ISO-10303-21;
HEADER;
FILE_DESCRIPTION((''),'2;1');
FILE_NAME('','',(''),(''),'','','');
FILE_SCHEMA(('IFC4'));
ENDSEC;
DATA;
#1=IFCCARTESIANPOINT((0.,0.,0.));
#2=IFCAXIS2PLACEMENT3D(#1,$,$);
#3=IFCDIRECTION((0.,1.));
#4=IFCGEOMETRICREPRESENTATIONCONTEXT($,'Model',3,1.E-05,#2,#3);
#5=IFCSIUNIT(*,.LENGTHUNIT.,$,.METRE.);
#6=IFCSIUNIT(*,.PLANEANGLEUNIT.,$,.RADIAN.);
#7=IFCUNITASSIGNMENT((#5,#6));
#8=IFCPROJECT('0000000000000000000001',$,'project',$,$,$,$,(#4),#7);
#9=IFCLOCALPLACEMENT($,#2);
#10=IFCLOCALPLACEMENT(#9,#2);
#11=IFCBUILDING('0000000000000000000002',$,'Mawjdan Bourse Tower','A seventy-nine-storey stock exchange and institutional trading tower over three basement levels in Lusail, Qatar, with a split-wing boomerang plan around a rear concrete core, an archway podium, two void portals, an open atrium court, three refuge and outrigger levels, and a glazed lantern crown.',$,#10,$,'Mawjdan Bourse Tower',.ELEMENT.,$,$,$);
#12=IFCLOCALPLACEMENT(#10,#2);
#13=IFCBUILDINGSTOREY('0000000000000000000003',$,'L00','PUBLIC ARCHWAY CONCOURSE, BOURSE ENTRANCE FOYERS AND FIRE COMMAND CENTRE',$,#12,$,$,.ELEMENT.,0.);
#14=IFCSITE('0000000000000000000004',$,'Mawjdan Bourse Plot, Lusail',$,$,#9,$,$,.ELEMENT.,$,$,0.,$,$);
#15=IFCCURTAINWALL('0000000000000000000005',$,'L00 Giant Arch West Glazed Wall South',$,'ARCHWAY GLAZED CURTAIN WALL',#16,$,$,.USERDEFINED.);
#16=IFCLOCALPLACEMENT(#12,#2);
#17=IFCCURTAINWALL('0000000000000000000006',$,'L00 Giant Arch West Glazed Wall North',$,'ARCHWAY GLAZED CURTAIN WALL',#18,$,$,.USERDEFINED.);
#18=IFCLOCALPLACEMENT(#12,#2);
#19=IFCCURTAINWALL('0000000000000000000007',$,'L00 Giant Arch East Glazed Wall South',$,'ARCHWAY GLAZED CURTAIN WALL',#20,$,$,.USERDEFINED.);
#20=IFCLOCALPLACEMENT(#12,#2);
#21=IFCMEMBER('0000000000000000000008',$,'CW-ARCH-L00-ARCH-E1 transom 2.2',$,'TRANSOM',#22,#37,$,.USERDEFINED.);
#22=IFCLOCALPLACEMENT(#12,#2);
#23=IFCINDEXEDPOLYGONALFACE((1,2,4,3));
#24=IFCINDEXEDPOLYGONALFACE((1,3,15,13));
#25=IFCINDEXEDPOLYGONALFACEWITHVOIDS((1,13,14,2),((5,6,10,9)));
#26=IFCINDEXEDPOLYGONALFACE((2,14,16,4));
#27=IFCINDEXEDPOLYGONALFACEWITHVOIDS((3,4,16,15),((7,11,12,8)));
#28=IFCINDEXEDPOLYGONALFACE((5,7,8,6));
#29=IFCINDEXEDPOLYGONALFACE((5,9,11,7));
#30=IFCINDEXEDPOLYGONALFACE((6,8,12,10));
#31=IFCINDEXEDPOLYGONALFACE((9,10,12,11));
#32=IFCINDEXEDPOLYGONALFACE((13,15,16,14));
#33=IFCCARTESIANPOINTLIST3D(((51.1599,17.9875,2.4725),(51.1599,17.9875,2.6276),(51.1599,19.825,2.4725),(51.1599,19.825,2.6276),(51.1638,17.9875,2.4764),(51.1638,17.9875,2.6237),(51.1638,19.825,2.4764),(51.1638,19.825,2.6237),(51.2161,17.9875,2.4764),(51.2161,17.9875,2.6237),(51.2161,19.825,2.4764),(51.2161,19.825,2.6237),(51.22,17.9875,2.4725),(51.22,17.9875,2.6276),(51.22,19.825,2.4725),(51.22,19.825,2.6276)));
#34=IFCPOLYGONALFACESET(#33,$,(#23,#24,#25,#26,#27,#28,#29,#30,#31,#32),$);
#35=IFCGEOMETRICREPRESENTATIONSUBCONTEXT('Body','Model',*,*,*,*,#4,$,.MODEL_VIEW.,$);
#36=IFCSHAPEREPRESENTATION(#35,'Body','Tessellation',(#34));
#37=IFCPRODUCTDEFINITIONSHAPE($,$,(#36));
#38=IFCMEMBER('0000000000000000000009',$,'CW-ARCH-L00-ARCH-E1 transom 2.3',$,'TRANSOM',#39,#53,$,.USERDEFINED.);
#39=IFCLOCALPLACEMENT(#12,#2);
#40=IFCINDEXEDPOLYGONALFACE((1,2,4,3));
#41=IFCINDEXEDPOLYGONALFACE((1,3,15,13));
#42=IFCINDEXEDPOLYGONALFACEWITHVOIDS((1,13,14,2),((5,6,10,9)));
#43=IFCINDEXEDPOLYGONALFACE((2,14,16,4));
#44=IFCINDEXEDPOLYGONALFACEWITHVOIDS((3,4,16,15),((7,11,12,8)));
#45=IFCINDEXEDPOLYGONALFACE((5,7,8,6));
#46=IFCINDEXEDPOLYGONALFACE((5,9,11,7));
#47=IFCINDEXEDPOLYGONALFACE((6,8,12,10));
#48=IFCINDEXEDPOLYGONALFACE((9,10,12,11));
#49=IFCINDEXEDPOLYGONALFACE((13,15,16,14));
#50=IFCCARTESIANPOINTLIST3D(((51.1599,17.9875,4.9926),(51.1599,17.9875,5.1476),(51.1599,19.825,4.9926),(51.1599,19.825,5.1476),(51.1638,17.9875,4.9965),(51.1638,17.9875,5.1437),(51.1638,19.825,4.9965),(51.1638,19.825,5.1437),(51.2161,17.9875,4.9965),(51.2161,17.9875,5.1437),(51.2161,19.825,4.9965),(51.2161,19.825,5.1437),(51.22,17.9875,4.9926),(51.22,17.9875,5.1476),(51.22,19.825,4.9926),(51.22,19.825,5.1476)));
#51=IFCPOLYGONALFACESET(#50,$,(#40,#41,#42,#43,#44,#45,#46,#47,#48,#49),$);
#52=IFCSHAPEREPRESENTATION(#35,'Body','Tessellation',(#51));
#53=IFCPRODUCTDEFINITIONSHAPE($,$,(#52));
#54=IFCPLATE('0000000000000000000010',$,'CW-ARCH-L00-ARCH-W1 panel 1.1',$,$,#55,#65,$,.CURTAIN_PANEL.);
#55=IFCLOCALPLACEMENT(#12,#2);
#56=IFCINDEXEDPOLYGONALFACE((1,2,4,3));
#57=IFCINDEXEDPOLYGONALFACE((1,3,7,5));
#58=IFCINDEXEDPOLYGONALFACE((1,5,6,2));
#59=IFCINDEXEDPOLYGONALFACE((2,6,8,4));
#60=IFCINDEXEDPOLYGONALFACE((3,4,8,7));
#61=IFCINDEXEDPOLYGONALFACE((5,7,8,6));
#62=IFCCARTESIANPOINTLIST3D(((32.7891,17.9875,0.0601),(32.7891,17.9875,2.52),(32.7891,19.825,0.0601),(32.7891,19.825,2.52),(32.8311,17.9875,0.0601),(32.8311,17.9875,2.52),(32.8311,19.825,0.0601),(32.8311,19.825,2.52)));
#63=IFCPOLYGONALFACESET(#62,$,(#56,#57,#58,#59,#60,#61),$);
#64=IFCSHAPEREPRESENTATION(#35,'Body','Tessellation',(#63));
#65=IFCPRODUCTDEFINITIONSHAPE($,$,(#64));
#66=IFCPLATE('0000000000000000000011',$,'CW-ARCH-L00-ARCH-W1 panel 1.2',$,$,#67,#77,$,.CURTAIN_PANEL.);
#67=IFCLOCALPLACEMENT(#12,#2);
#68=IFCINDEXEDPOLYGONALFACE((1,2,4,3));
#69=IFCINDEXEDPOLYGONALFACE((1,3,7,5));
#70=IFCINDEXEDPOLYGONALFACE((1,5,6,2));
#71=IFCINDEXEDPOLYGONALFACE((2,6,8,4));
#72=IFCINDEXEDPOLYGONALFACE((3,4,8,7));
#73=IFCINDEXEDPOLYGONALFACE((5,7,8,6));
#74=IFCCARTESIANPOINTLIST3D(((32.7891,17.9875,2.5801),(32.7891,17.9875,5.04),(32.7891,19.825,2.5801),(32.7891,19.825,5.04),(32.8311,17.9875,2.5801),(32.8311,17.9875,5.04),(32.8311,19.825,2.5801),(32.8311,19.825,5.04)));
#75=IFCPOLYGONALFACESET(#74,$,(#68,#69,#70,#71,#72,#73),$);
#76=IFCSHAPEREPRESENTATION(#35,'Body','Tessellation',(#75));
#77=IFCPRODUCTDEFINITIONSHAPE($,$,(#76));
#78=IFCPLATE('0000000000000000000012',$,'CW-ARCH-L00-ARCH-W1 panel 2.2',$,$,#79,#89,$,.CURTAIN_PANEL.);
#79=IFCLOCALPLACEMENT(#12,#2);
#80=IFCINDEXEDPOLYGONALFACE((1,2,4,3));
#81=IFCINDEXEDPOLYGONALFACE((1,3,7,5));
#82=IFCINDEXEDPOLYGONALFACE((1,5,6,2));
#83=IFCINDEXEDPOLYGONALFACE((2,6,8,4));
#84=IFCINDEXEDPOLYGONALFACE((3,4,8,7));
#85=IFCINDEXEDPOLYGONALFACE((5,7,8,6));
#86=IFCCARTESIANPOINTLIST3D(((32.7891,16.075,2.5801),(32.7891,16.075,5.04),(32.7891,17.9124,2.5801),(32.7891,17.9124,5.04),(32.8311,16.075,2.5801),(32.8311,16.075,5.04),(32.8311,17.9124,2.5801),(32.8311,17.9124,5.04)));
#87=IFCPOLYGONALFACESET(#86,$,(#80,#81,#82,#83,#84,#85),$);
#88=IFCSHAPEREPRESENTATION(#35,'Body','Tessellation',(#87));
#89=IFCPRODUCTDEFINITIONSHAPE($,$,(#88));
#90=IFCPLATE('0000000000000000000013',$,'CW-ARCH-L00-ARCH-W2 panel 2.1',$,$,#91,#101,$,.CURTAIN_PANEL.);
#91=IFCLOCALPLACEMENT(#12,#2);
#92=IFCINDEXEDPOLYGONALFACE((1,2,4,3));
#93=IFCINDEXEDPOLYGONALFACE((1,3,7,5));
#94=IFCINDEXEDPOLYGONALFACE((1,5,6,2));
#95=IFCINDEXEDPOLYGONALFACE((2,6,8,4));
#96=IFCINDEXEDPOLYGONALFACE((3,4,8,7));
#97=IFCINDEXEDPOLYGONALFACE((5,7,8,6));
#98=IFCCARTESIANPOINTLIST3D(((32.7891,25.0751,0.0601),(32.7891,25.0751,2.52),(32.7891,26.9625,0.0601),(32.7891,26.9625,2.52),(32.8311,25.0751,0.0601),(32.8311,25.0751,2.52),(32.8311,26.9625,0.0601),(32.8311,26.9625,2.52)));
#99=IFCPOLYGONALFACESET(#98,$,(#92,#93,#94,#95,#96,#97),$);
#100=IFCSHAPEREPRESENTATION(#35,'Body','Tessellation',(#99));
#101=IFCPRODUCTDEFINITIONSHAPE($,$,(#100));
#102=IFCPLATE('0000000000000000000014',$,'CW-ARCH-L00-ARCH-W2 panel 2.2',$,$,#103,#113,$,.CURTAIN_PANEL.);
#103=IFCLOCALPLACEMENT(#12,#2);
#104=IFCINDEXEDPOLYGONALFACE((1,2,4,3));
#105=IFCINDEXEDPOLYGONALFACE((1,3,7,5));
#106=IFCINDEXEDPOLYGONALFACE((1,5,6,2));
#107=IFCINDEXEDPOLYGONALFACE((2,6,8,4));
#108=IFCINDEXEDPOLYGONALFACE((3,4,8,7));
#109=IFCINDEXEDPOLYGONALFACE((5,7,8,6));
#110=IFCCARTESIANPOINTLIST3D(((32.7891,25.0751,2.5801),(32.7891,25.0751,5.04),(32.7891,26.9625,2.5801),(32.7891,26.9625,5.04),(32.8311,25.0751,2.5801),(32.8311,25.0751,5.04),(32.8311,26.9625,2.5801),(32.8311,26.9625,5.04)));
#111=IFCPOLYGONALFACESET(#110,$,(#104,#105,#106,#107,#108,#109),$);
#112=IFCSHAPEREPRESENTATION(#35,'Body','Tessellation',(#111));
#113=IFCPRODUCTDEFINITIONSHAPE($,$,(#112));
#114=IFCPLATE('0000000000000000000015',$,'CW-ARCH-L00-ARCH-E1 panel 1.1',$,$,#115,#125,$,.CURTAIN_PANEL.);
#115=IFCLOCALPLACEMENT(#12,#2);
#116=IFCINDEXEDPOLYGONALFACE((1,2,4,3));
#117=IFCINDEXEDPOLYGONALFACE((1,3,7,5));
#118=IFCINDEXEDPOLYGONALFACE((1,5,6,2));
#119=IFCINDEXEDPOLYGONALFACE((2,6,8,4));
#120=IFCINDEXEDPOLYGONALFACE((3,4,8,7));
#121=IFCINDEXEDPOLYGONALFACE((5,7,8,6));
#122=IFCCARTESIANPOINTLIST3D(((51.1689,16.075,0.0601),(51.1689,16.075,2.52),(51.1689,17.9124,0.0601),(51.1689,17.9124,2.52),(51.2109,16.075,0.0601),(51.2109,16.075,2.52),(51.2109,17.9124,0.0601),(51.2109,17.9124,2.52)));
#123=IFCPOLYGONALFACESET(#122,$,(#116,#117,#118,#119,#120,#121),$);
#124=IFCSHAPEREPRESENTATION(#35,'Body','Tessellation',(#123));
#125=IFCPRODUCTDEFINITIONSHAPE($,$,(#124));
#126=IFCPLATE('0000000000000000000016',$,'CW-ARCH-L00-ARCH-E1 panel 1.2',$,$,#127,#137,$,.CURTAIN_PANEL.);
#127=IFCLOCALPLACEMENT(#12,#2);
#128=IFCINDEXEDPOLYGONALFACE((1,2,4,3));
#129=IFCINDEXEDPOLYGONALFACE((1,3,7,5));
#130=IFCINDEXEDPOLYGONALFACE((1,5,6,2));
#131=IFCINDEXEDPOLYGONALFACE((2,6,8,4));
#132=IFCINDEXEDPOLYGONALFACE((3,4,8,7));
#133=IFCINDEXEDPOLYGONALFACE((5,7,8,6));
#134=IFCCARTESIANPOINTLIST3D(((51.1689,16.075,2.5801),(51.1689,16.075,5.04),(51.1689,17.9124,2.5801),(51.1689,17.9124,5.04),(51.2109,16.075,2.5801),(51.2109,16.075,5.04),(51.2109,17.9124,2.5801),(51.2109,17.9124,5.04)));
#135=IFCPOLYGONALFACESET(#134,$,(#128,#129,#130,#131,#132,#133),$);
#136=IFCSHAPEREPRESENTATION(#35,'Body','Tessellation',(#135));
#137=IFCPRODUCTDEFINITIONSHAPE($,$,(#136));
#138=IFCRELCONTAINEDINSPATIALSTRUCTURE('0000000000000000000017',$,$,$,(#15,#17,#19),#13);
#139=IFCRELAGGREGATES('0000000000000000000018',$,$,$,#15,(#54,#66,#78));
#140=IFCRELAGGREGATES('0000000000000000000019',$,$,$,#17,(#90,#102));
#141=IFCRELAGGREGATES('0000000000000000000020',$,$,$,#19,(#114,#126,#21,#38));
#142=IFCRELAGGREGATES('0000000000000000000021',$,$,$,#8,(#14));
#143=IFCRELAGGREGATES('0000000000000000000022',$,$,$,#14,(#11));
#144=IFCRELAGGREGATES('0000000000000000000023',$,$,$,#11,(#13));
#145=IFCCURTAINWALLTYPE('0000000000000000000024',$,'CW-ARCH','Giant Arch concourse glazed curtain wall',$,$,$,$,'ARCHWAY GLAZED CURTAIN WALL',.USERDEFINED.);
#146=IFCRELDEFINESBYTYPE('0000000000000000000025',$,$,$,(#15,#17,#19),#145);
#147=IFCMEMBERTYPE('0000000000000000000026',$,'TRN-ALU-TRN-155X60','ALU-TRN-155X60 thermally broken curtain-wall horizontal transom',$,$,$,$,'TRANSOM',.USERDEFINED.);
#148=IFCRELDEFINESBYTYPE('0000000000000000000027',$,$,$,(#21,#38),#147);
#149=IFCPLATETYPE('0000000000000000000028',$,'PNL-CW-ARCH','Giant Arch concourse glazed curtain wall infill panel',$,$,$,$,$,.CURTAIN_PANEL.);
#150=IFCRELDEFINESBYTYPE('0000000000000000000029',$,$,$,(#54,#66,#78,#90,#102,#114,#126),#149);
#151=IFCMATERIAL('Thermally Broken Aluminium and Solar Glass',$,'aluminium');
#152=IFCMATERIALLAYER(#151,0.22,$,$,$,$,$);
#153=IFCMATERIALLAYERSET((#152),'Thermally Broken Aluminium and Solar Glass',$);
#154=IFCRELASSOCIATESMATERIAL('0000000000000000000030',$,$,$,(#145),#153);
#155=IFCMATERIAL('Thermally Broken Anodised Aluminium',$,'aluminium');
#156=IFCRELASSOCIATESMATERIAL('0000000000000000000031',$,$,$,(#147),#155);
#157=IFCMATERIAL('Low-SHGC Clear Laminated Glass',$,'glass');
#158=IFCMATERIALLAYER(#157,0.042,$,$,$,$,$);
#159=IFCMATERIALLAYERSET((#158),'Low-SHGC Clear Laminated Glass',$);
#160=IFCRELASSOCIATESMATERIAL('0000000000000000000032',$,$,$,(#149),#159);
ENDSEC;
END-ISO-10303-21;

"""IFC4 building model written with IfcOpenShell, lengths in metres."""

from ifc_helpers import new_model, si_unit, direction, frame, origin, origin_2d, place, context, subcontext, project, spatial, rectangle, hollow_rectangle, extrude, material, layer, layer_set, material_profile, profile_set, type_object, element, aggregate, save


model = new_model("IFC4")

# Units and contexts
model_context = context("Model", 3, precision=1e-05, world=origin(), true_north=direction((0.0, 1.0)))
body_context = subcontext(model_context, "Body", "Model", "MODEL_VIEW")
ifc_project = project(units=[si_unit("LENGTHUNIT", "METRE"), si_unit("PLANEANGLEUNIT", "RADIAN")], contexts=[model_context])

# Site, building, storey
site_placement = place(None, origin())
site = spatial("IfcSite", under=ifc_project, at=site_placement, Name="Mawjdan Bourse Plot, Lusail", CompositionType="ELEMENT", RefElevation=0.0)
building_placement = place(site_placement, origin())
building = spatial("IfcBuilding", under=site, at=building_placement, Name="Mawjdan Bourse Tower", Description="A seventy-nine-storey stock exchange and institutional trading tower over three basement levels in Lusail, Qatar, with a split-wing boomerang plan around a rear concrete core, an archway podium, two void portals, an open atrium court, three refuge and outrigger levels, and a glazed lantern crown.", LongName="Mawjdan Bourse Tower", CompositionType="ELEMENT")
storey_placement = place(building_placement, origin())
storey = spatial("IfcBuildingStorey", under=building, at=storey_placement, Name="L00", Description="PUBLIC ARCHWAY CONCOURSE, BOURSE ENTRANCE FOYERS AND FIRE COMMAND CENTRE", CompositionType="ELEMENT", Elevation=0.0)

# Curtain wall
ifc_material_1 = material(Name="Thermally Broken Aluminium and Solar Glass", Category="aluminium")
ifc_layer_1 = layer(ifc_material_1, 0.22)
ifc_layer_set_1 = layer_set([ifc_layer_1], Name="Thermally Broken Aluminium and Solar Glass")
curtain_wall_type = type_object("IfcCurtainWallType", Name="CW-ARCH", Description="Giant Arch concourse glazed curtain wall", ElementType="ARCHWAY GLAZED CURTAIN WALL", PredefinedType="USERDEFINED", material=ifc_layer_set_1)
curtain_wall_1_placement = place(storey_placement, origin())
curtain_wall_1 = element("IfcCurtainWall", 1, at=curtain_wall_1_placement, inside=storey, type_object=curtain_wall_type, Name="L00 Giant Arch West Glazed Wall South", ObjectType="ARCHWAY GLAZED CURTAIN WALL", PredefinedType="USERDEFINED")
ifc_material_2 = material(Name="Thermally Broken Anodised Aluminium", Category="aluminium")

# Curtain walls
curtain_wall_2_placement = place(storey_placement, origin())
curtain_wall_2 = element("IfcCurtainWall", 2, at=curtain_wall_2_placement, inside=storey, type_object=curtain_wall_type, Name="L00 Giant Arch West Glazed Wall North", ObjectType="ARCHWAY GLAZED CURTAIN WALL", PredefinedType="USERDEFINED")
curtain_wall_3_placement = place(storey_placement, origin())
curtain_wall_3 = element("IfcCurtainWall", 3, at=curtain_wall_3_placement, inside=storey, type_object=curtain_wall_type, Name="L00 Giant Arch East Glazed Wall South", ObjectType="ARCHWAY GLAZED CURTAIN WALL", PredefinedType="USERDEFINED")

# Members
ifc_material_profile_1 = material_profile(ifc_material_2, hollow_rectangle(XDim=0.0601, YDim=0.155, WallThickness=0.0039, at=origin_2d()), Name="ALU-TRN-155X60")
ifc_profile_set_1 = profile_set([ifc_material_profile_1], Name="Thermally Broken Anodised Aluminium")
member_type_1 = type_object("IfcMemberType", Name="TRN-ALU-TRN-155X60", Description="ALU-TRN-155X60 thermally broken curtain-wall horizontal transom", ElementType="TRANSOM", PredefinedType="USERDEFINED", material=ifc_profile_set_1)
member_1_placement = place(storey_placement, frame((51.1899, 17.9875, 2.55), z_axis=(0.0, 1.0, 0.0), x_axis=(-1.0, 0.0, 0.0)))
member_1 = element("IfcMember", 4, at=member_1_placement, type_object=member_type_1, Name="CW-ARCH-L00-ARCH-E1 transom 2.2", ObjectType="TRANSOM", PredefinedType="USERDEFINED", context=body_context, shape_type="SweptSolid", body=[
    extrude(hollow_rectangle(XDim=0.0601, YDim=0.155, WallThickness=0.0039, at=origin_2d()), origin(), (0.0, 0.0, 1.0), 1.8374),
])
member_2_placement = place(storey_placement, frame((51.1899, 17.9875, 5.0701), z_axis=(0.0, 1.0, 0.0), x_axis=(-1.0, 0.0, 0.0)))
member_2 = element("IfcMember", 5, at=member_2_placement, type_object=member_type_1, Name="CW-ARCH-L00-ARCH-E1 transom 2.3", ObjectType="TRANSOM", PredefinedType="USERDEFINED", context=body_context, shape_type="SweptSolid", body=[
    extrude(hollow_rectangle(XDim=0.0601, YDim=0.155, WallThickness=0.0039, at=origin_2d()), origin(), (0.0, 0.0, 1.0), 1.8374),
])

# Plates
ifc_material_3 = material(Name="Low-SHGC Clear Laminated Glass", Category="glass")
ifc_layer_2 = layer(ifc_material_3, 0.042)
ifc_layer_set_2 = layer_set([ifc_layer_2], Name="Low-SHGC Clear Laminated Glass")
plate_type = type_object("IfcPlateType", Name="PNL-CW-ARCH", Description="Giant Arch concourse glazed curtain wall infill panel", PredefinedType="CURTAIN_PANEL", material=ifc_layer_set_2)
plate_1_placement = place(storey_placement, frame((32.8101, 18.9062, 0.0601), z_axis=(0.0, 0.0, 1.0), x_axis=(0.0, -1.0, 0.0)))
plate_1 = element("IfcPlate", 6, at=plate_1_placement, type_object=plate_type, Name="CW-ARCH-L00-ARCH-W1 panel 1.1", PredefinedType="CURTAIN_PANEL", context=body_context, shape_type="SweptSolid", body=[
    extrude(rectangle(XDim=1.8374, YDim=0.042, at=origin_2d()), origin(), (0.0, 0.0, 1.0), 2.46),
])
plate_2_placement = place(storey_placement, frame((32.8101, 18.9062, 2.5801), z_axis=(0.0, 0.0, 1.0), x_axis=(0.0, -1.0, 0.0)))
plate_2 = element("IfcPlate", 7, at=plate_2_placement, type_object=plate_type, Name="CW-ARCH-L00-ARCH-W1 panel 1.2", PredefinedType="CURTAIN_PANEL", context=body_context, shape_type="SweptSolid", body=[
    extrude(rectangle(XDim=1.8374, YDim=0.042, at=origin_2d()), origin(), (0.0, 0.0, 1.0), 2.46),
])
plate_3_placement = place(storey_placement, frame((32.8101, 16.9937, 2.5801), z_axis=(0.0, 0.0, 1.0), x_axis=(0.0, -1.0, 0.0)))
plate_3 = element("IfcPlate", 8, at=plate_3_placement, type_object=plate_type, Name="CW-ARCH-L00-ARCH-W1 panel 2.2", PredefinedType="CURTAIN_PANEL", context=body_context, shape_type="SweptSolid", body=[
    extrude(rectangle(XDim=1.8374, YDim=0.042, at=origin_2d()), origin(), (0.0, 0.0, 1.0), 2.46),
])
aggregate(curtain_wall_1, [plate_1, plate_2, plate_3])
plate_4_placement = place(storey_placement, frame((32.8101, 26.0188, 0.0601), z_axis=(0.0, 0.0, 1.0), x_axis=(0.0, -1.0, 0.0)))
plate_4 = element("IfcPlate", 9, at=plate_4_placement, type_object=plate_type, Name="CW-ARCH-L00-ARCH-W2 panel 2.1", PredefinedType="CURTAIN_PANEL", context=body_context, shape_type="SweptSolid", body=[
    extrude(rectangle(XDim=1.8875, YDim=0.042, at=origin_2d()), origin(), (0.0, 0.0, 1.0), 2.46),
])
plate_5_placement = place(storey_placement, frame((32.8101, 26.0188, 2.5801), z_axis=(0.0, 0.0, 1.0), x_axis=(0.0, -1.0, 0.0)))
plate_5 = element("IfcPlate", 10, at=plate_5_placement, type_object=plate_type, Name="CW-ARCH-L00-ARCH-W2 panel 2.2", PredefinedType="CURTAIN_PANEL", context=body_context, shape_type="SweptSolid", body=[
    extrude(rectangle(XDim=1.8875, YDim=0.042, at=origin_2d()), origin(), (0.0, 0.0, 1.0), 2.46),
])
aggregate(curtain_wall_2, [plate_4, plate_5])
plate_6_placement = place(storey_placement, frame((51.1899, 16.9937, 0.0601), z_axis=(0.0, 0.0, 1.0), x_axis=(0.0, 1.0, 0.0)))
plate_6 = element("IfcPlate", 11, at=plate_6_placement, type_object=plate_type, Name="CW-ARCH-L00-ARCH-E1 panel 1.1", PredefinedType="CURTAIN_PANEL", context=body_context, shape_type="SweptSolid", body=[
    extrude(rectangle(XDim=1.8374, YDim=0.042, at=origin_2d()), origin(), (0.0, 0.0, 1.0), 2.46),
])
plate_7_placement = place(storey_placement, frame((51.1899, 16.9937, 2.5801), z_axis=(0.0, 0.0, 1.0), x_axis=(0.0, 1.0, 0.0)))
plate_7 = element("IfcPlate", 12, at=plate_7_placement, type_object=plate_type, Name="CW-ARCH-L00-ARCH-E1 panel 1.2", PredefinedType="CURTAIN_PANEL", context=body_context, shape_type="SweptSolid", body=[
    extrude(rectangle(XDim=1.8374, YDim=0.042, at=origin_2d()), origin(), (0.0, 0.0, 1.0), 2.46),
])
aggregate(curtain_wall_3, [plate_6, plate_7, member_1, member_2])

save(model, "model.ifc")
